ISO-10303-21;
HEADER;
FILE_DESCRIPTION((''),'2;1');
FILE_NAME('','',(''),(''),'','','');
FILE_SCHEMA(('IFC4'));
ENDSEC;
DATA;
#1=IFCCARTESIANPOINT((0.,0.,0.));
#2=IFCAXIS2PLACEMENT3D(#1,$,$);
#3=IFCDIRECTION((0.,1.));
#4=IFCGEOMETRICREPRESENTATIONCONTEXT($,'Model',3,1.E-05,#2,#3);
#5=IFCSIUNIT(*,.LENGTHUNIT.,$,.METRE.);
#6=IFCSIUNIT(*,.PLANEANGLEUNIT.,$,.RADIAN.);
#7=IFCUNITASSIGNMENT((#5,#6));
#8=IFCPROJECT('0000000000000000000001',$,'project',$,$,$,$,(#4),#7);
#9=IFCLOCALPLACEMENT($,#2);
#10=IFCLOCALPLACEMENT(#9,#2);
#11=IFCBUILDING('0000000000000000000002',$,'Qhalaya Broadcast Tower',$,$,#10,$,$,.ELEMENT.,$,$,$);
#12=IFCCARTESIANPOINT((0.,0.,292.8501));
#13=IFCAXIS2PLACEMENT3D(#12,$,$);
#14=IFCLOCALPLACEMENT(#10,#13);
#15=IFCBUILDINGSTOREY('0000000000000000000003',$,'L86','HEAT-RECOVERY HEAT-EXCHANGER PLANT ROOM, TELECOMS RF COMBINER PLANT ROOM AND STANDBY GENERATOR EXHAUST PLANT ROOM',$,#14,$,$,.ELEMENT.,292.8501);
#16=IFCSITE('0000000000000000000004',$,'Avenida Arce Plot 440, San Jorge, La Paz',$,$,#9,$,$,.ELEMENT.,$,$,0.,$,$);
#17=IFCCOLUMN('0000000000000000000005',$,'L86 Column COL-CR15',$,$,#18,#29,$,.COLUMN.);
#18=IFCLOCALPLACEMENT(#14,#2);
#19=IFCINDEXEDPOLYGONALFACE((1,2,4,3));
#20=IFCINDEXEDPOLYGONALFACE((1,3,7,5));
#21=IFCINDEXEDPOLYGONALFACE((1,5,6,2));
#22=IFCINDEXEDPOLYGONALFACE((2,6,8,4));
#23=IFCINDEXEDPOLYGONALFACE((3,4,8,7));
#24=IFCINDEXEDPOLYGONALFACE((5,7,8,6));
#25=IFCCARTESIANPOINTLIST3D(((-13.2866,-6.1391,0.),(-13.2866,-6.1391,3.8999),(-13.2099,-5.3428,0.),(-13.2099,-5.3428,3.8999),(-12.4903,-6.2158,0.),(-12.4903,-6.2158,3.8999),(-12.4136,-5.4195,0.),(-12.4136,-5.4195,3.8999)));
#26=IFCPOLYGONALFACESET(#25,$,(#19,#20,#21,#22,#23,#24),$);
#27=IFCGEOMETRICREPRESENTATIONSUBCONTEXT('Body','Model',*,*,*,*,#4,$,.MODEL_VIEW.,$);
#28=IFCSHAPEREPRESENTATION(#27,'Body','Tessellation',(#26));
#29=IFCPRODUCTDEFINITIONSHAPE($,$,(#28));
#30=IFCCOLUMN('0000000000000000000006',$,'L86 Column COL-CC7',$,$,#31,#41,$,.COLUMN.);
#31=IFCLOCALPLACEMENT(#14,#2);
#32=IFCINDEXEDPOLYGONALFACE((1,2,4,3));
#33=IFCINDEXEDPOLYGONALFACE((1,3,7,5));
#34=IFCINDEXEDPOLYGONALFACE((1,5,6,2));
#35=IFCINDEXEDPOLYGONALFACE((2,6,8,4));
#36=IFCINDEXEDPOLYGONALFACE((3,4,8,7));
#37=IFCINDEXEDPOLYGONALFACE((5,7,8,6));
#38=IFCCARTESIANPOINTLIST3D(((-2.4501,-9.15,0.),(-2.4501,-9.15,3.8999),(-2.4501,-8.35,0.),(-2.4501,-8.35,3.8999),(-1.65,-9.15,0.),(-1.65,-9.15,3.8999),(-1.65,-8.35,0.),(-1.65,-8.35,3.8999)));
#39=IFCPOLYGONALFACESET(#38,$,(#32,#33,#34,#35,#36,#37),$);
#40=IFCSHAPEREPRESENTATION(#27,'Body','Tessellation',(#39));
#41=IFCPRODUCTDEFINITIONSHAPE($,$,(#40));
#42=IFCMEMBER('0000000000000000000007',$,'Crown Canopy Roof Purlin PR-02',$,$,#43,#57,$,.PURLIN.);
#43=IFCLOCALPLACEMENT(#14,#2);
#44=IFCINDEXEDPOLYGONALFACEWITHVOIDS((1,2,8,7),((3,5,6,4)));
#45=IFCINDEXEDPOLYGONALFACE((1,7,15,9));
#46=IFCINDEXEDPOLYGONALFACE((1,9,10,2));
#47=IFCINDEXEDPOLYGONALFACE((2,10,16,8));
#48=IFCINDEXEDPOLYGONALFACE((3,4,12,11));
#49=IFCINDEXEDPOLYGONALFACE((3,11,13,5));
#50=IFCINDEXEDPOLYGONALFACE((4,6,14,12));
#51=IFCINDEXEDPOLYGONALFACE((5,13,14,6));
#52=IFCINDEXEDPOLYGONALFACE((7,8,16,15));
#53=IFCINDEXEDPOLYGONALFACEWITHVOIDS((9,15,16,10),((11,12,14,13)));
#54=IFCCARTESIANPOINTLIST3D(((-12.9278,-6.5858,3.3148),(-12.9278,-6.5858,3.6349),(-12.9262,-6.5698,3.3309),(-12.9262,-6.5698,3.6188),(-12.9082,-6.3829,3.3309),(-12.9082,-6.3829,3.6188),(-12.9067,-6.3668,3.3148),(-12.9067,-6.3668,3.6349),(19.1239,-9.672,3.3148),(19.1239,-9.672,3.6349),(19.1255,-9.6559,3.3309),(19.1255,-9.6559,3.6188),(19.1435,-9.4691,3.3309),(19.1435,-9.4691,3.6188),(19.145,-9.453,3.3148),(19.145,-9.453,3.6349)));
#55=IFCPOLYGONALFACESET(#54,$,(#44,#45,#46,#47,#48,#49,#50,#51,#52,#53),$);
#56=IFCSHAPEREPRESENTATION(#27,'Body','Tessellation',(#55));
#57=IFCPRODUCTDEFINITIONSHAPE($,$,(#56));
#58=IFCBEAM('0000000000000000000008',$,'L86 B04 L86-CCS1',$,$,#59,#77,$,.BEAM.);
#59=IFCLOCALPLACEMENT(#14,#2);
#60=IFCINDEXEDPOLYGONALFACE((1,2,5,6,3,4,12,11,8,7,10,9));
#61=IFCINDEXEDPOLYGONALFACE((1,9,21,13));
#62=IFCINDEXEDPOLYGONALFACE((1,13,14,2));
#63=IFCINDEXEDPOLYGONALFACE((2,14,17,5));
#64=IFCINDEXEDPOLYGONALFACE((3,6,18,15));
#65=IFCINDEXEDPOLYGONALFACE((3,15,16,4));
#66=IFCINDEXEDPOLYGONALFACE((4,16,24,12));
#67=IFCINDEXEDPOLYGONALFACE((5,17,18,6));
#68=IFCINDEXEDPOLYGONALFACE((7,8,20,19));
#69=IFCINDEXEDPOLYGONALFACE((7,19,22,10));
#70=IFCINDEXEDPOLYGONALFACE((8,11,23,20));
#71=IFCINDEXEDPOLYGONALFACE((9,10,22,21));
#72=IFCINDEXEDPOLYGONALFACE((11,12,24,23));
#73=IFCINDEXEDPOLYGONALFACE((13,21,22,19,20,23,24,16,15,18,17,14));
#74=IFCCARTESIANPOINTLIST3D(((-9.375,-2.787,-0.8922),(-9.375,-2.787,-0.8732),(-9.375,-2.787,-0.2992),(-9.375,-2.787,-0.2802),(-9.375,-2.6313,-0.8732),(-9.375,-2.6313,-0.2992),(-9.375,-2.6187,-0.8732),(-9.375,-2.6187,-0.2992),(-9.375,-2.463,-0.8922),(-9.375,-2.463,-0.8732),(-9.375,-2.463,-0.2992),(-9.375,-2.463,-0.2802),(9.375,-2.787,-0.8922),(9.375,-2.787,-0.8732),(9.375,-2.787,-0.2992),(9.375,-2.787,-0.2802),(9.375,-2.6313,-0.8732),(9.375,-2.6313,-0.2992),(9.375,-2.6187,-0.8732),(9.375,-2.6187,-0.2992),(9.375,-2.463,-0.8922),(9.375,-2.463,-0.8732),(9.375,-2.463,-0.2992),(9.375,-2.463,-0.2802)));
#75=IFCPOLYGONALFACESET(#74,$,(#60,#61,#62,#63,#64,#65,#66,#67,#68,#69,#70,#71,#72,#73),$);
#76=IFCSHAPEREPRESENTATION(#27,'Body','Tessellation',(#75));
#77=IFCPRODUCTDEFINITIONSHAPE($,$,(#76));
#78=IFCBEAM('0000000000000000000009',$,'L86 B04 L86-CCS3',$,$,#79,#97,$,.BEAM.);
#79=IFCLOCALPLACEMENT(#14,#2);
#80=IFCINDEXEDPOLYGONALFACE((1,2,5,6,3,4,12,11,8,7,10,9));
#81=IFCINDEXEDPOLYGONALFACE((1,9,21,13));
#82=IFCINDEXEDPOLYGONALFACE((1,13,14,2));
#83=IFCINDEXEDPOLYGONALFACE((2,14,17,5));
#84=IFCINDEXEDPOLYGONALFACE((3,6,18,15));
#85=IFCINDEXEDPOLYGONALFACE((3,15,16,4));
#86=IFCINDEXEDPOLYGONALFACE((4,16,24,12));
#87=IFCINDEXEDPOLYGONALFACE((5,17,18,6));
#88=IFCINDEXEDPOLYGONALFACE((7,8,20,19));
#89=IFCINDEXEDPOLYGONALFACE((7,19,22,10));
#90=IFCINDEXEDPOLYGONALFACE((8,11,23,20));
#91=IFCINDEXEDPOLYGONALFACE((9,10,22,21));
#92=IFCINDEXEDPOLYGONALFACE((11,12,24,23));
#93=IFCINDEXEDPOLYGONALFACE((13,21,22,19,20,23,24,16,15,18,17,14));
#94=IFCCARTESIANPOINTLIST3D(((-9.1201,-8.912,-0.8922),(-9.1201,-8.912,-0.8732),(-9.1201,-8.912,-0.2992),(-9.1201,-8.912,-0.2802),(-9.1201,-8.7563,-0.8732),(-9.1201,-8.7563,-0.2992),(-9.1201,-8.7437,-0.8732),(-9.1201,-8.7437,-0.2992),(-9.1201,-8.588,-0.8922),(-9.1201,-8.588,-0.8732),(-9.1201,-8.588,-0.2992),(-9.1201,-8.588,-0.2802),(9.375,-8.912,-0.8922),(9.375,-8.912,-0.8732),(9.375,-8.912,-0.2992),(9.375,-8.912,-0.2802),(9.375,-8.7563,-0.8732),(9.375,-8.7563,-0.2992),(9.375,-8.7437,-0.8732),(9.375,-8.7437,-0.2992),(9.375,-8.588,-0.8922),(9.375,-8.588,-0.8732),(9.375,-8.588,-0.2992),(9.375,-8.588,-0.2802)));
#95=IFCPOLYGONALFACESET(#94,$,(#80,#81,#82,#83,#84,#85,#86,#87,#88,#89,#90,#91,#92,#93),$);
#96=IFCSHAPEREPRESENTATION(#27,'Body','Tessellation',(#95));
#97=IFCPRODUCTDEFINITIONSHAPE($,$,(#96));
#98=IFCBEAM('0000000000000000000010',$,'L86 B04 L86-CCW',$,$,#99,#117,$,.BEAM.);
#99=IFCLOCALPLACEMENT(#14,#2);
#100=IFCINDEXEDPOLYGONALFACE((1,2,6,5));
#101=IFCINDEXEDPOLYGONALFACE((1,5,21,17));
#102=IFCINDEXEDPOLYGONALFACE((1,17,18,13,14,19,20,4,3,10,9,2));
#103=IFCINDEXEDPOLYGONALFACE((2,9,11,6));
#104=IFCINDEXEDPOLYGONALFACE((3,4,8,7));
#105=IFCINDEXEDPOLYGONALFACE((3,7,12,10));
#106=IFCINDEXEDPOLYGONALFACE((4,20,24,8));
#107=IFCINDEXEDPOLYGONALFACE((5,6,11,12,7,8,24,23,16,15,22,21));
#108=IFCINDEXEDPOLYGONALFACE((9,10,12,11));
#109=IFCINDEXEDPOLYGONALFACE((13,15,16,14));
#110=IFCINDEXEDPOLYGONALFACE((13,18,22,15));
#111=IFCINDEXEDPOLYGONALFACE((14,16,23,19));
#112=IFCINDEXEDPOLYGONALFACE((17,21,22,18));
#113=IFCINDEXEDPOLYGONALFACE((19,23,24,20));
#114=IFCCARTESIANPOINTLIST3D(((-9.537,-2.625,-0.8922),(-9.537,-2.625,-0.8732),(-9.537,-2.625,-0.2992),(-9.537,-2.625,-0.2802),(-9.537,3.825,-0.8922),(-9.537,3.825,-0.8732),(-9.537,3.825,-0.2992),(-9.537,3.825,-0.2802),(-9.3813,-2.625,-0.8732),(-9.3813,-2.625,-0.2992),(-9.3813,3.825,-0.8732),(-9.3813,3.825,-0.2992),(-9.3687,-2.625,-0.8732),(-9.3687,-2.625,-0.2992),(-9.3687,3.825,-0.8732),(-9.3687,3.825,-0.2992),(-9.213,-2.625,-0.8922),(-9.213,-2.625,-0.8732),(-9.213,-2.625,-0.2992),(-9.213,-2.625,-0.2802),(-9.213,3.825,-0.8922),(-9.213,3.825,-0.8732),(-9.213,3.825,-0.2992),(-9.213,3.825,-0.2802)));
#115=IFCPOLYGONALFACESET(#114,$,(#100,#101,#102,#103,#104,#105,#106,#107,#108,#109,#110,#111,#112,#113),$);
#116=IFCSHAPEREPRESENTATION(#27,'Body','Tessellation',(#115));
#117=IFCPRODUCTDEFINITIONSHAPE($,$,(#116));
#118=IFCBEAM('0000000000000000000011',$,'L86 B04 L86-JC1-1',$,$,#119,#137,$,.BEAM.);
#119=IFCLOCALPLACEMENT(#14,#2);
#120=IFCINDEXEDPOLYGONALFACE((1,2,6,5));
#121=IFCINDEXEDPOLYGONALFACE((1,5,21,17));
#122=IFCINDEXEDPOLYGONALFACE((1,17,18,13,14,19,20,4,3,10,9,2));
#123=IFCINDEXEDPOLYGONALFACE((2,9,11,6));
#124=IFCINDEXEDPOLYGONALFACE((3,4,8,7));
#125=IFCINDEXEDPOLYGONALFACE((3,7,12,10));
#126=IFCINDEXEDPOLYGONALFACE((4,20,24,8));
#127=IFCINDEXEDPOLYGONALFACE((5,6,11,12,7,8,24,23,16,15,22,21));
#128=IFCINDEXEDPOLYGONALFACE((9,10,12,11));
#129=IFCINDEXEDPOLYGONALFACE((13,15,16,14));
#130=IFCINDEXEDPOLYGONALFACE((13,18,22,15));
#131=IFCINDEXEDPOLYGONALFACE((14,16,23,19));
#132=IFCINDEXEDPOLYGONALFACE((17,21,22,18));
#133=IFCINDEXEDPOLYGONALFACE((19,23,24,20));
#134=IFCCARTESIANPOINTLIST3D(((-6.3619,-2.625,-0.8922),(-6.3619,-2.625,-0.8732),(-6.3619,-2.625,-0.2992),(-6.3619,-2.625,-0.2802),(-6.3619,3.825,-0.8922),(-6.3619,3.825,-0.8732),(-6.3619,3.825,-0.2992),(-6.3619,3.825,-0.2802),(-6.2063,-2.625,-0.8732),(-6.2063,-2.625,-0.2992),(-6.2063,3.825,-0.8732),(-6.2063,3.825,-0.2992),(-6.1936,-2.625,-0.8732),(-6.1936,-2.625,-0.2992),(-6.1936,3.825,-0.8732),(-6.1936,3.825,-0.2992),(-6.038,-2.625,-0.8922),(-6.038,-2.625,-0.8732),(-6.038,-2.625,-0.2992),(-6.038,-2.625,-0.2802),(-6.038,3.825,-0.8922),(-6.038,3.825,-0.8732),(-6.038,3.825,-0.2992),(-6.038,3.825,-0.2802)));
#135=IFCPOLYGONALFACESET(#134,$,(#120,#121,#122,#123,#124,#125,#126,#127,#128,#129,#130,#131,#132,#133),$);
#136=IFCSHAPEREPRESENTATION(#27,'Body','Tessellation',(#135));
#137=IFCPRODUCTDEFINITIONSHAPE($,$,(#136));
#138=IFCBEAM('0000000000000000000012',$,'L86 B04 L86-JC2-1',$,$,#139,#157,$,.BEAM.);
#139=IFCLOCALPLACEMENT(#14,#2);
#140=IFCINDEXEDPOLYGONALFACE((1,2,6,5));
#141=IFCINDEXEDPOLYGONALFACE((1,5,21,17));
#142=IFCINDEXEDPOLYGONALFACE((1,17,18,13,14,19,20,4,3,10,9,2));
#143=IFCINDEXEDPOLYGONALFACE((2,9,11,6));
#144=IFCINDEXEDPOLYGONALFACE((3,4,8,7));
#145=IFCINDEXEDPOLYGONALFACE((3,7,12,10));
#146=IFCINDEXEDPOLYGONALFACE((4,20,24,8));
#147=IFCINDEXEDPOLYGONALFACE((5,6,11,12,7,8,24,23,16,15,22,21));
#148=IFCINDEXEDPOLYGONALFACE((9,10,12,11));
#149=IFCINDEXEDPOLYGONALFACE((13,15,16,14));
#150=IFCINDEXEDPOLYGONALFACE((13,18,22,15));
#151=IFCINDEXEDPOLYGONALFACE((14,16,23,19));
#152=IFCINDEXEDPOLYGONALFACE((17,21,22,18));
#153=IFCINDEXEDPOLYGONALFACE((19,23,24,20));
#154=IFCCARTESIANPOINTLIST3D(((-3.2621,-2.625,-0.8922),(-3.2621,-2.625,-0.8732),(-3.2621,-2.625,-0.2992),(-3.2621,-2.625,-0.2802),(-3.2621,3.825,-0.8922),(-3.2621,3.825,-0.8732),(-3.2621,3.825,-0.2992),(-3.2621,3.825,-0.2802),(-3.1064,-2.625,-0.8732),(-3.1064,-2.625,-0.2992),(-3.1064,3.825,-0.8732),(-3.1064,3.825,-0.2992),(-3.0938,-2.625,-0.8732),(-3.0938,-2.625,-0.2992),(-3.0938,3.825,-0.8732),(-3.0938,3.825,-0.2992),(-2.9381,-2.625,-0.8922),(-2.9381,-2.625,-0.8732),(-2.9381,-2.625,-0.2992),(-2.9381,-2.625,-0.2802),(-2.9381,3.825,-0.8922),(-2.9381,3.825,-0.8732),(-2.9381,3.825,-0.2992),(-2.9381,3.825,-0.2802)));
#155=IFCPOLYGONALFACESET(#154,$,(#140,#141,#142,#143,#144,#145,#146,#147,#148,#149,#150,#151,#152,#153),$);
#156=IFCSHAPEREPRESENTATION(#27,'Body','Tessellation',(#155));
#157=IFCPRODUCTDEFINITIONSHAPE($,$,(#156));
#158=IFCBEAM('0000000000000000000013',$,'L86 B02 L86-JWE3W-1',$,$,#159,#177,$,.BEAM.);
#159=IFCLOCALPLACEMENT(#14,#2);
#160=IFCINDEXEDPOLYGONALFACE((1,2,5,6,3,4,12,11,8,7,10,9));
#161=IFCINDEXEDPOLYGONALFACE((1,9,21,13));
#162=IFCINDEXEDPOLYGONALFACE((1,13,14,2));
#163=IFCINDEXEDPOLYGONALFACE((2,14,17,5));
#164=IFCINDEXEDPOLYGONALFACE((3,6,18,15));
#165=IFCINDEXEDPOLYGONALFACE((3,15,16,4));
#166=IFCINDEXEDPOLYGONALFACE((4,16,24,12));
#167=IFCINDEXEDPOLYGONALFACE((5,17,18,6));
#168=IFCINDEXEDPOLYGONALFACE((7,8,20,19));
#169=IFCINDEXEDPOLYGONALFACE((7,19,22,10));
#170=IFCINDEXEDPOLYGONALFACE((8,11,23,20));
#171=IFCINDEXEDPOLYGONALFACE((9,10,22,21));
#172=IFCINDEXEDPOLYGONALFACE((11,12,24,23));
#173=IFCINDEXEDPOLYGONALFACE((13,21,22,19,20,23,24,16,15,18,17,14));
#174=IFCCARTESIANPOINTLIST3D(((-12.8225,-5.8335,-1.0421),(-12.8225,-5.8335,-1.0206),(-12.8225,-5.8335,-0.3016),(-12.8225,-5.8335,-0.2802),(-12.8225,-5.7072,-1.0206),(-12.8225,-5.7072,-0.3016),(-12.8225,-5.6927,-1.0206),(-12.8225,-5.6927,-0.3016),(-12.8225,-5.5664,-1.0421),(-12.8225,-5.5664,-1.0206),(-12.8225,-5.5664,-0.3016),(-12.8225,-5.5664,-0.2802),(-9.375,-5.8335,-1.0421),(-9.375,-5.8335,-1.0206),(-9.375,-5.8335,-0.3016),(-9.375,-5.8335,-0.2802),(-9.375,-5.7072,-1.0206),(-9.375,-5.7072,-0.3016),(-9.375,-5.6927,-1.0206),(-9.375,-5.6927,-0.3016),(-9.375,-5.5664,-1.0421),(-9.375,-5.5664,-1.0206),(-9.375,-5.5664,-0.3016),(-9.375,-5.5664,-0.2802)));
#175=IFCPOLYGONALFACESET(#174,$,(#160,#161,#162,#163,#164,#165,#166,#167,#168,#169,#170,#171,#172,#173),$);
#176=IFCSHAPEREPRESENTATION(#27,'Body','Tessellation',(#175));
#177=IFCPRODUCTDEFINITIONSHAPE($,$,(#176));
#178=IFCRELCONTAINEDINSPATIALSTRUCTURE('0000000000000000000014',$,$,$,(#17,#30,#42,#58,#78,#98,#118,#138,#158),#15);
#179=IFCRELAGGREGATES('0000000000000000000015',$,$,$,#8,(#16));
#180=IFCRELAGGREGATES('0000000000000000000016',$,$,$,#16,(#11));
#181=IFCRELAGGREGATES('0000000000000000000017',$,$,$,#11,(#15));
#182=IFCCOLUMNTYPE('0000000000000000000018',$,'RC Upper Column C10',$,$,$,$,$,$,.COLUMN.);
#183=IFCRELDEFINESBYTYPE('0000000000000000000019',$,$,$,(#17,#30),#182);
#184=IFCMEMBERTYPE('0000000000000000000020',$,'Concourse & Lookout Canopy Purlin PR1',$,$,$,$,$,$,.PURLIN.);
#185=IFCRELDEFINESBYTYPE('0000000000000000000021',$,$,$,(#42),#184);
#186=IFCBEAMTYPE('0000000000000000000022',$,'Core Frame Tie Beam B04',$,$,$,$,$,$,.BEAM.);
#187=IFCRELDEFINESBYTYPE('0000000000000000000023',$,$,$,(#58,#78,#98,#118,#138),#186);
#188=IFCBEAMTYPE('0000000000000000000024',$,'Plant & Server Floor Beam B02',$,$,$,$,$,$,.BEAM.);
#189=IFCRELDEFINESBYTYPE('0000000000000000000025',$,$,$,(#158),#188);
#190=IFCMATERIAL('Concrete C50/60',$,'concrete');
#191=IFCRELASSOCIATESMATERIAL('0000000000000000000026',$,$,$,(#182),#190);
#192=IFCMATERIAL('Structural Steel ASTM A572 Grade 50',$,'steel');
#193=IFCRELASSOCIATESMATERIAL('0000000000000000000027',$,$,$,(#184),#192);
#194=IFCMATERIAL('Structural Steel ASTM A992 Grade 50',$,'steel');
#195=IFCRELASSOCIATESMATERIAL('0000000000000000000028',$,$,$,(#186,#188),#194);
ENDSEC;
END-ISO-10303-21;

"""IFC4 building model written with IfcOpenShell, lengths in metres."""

from ifc_helpers import new_model, si_unit, direction, frame, origin, origin_2d, place, context, subcontext, project, spatial, rectangle, hollow_rectangle, i_section, extrude, material, material_profile, profile_set, type_object, element, save


model = new_model("IFC4")

# Units and contexts
model_context = context("Model", 3, precision=1e-05, world=origin(), true_north=direction((0.0, 1.0)))
body_context = subcontext(model_context, "Body", "Model", "MODEL_VIEW")
ifc_project = project(units=[si_unit("LENGTHUNIT", "METRE"), si_unit("PLANEANGLEUNIT", "RADIAN")], contexts=[model_context])

# Site, building, storey
site_placement = place(None, origin())
site = spatial("IfcSite", under=ifc_project, at=site_placement, Name="Avenida Arce Plot 440, San Jorge, La Paz", CompositionType="ELEMENT", RefElevation=0.0)
building_placement = place(site_placement, origin())
building = spatial("IfcBuilding", under=site, at=building_placement, Name="Qhalaya Broadcast Tower", CompositionType="ELEMENT")
storey_placement = place(building_placement, frame((0.0, 0.0, 292.8501)))
storey = spatial("IfcBuildingStorey", under=building, at=storey_placement, Name="L86", Description="HEAT-RECOVERY HEAT-EXCHANGER PLANT ROOM, TELECOMS RF COMBINER PLANT ROOM AND STANDBY GENERATOR EXHAUST PLANT ROOM", CompositionType="ELEMENT", Elevation=292.8501)

# Columns
ifc_material_1 = material(Name="Concrete C50/60", Category="concrete")
ifc_material_profile_1 = material_profile(ifc_material_1, rectangle(XDim=0.8, YDim=0.8, at=origin_2d()), Name="RC-COL 800x800")
ifc_profile_set_1 = profile_set([ifc_material_profile_1], Name="Concrete C50/60")
column_type = type_object("IfcColumnType", Name="RC Upper Column C10", PredefinedType="COLUMN", material=ifc_profile_set_1)
for number, where, z_axis, x_axis, name in (
    (1, (-12.8501, -5.7793, 0.0), (0.0, 0.0, 1.0), (0.095846, 0.995396, 0.0), "L86 Column COL-CR15"),
    (2, (-2.05, -8.75, 0.0), (0.0, 0.0, 1.0), (1.0, 0.0, 0.0), "L86 Column COL-CC7"),
):
    element("IfcColumn", number, at=place(storey_placement, frame(where, z_axis=z_axis, x_axis=x_axis)), inside=storey, type_object=column_type, Name=name, PredefinedType="COLUMN", context=body_context, shape_type="SweptSolid", body=[
        extrude(rectangle(XDim=0.8, YDim=0.8, at=origin_2d()), origin(), (0.0, 0.0, 1.0), 3.8999),
    ])

# Member
ifc_material_2 = material(Name="Structural Steel ASTM A572 Grade 50", Category="steel")
ifc_material_profile_2 = material_profile(ifc_material_2, hollow_rectangle(XDim=0.22, YDim=0.3201, WallThickness=0.0161, at=origin_2d()), Name="HSS 220x320x16")
ifc_profile_set_2 = profile_set([ifc_material_profile_2], Name="Structural Steel ASTM A572 Grade 50")
member_type = type_object("IfcMemberType", Name="Concourse & Lookout Canopy Purlin PR1", PredefinedType="PURLIN", material=ifc_profile_set_2)
member_placement = place(storey_placement, frame((-12.9172, -6.4763, 3.4749), z_axis=(0.995396, -0.095844, 0.0), x_axis=(0.095844, 0.995396, 0.0)))
element("IfcMember", 3, at=member_placement, inside=storey, type_object=member_type, Name="Crown Canopy Roof Purlin PR-02", PredefinedType="PURLIN", context=body_context, shape_type="SweptSolid", body=[
    extrude(hollow_rectangle(XDim=0.22, YDim=0.3201, WallThickness=0.0161, at=origin_2d()), origin(), (0.0, 0.0, 1.0), 32.2),
])

# Beams
ifc_material_3 = material(Name="Structural Steel ASTM A992 Grade 50", Category="steel")
ifc_material_profile_3 = material_profile(ifc_material_3, i_section(OverallWidth=0.324, OverallDepth=0.6121, WebThickness=0.0127, FlangeThickness=0.019, at=origin_2d()), Name="W24X104")
ifc_profile_set_3 = profile_set([ifc_material_profile_3], Name="Structural Steel ASTM A992 Grade 50")
beam_type_1 = type_object("IfcBeamType", Name="Core Frame Tie Beam B04", PredefinedType="BEAM", material=ifc_profile_set_3)
beam_1_placement = place(storey_placement, frame((-9.375, -2.625, -0.5862), z_axis=(1.0, 0.0, 0.0), x_axis=(0.0, 1.0, 0.0)))
element("IfcBeam", 4, at=beam_1_placement, inside=storey, type_object=beam_type_1, Name="L86 B04 L86-CCS1", PredefinedType="BEAM", context=body_context, shape_type="SweptSolid", body=[
    extrude(i_section(OverallWidth=0.324, OverallDepth=0.6121, WebThickness=0.0127, FlangeThickness=0.019, at=origin_2d()), origin(), (0.0, 0.0, 1.0), 18.75),
])
beam_2_placement = place(storey_placement, frame((-9.1201, -8.75, -0.5862), z_axis=(1.0, 0.0, 0.0), x_axis=(0.0, 1.0, 0.0)))
element("IfcBeam", 5, at=beam_2_placement, inside=storey, type_object=beam_type_1, Name="L86 B04 L86-CCS3", PredefinedType="BEAM", context=body_context, shape_type="SweptSolid", body=[
    extrude(i_section(OverallWidth=0.324, OverallDepth=0.6121, WebThickness=0.0127, FlangeThickness=0.019, at=origin_2d()), origin(), (0.0, 0.0, 1.0), 18.4951),
])
for number, where, z_axis, x_axis, name in (
    (6, (-9.375, -2.625, -0.5862), (0.0, 1.0, 0.0), (-1.0, 0.0, 0.0), "L86 B04 L86-CCW"),
    (7, (-6.2, -2.625, -0.5862), (0.0, 1.0, 0.0), (-1.0, 0.0, 0.0), "L86 B04 L86-JC1-1"),
    (8, (-3.1001, -2.625, -0.5862), (0.0, 1.0, 0.0), (-1.0, 0.0, 0.0), "L86 B04 L86-JC2-1"),
):
    element("IfcBeam", number, at=place(storey_placement, frame(where, z_axis=z_axis, x_axis=x_axis)), inside=storey, type_object=beam_type_1, Name=name, PredefinedType="BEAM", context=body_context, shape_type="SweptSolid", body=[
        extrude(i_section(OverallWidth=0.324, OverallDepth=0.6121, WebThickness=0.0127, FlangeThickness=0.019, at=origin_2d()), origin(), (0.0, 0.0, 1.0), 6.45),
    ])
ifc_material_profile_4 = material_profile(ifc_material_3, i_section(OverallWidth=0.2671, OverallDepth=0.762, WebThickness=0.0144, FlangeThickness=0.0215, at=origin_2d()), Name="W30X116")
ifc_profile_set_4 = profile_set([ifc_material_profile_4], Name="Structural Steel ASTM A992 Grade 50")
beam_type_2 = type_object("IfcBeamType", Name="Plant & Server Floor Beam B02", PredefinedType="BEAM", material=ifc_profile_set_4)
beam_3_placement = place(storey_placement, frame((-12.8225, -5.7, -0.6611), z_axis=(1.0, 0.0, 0.0), x_axis=(0.0, 1.0, 0.0)))
element("IfcBeam", 9, at=beam_3_placement, inside=storey, type_object=beam_type_2, Name="L86 B02 L86-JWE3W-1", PredefinedType="BEAM", context=body_context, shape_type="SweptSolid", body=[
    extrude(i_section(OverallWidth=0.2671, OverallDepth=0.762, WebThickness=0.0144, FlangeThickness=0.0215, at=origin_2d()), origin(), (0.0, 0.0, 1.0), 3.4475),
])

save(model, "model.ifc")
